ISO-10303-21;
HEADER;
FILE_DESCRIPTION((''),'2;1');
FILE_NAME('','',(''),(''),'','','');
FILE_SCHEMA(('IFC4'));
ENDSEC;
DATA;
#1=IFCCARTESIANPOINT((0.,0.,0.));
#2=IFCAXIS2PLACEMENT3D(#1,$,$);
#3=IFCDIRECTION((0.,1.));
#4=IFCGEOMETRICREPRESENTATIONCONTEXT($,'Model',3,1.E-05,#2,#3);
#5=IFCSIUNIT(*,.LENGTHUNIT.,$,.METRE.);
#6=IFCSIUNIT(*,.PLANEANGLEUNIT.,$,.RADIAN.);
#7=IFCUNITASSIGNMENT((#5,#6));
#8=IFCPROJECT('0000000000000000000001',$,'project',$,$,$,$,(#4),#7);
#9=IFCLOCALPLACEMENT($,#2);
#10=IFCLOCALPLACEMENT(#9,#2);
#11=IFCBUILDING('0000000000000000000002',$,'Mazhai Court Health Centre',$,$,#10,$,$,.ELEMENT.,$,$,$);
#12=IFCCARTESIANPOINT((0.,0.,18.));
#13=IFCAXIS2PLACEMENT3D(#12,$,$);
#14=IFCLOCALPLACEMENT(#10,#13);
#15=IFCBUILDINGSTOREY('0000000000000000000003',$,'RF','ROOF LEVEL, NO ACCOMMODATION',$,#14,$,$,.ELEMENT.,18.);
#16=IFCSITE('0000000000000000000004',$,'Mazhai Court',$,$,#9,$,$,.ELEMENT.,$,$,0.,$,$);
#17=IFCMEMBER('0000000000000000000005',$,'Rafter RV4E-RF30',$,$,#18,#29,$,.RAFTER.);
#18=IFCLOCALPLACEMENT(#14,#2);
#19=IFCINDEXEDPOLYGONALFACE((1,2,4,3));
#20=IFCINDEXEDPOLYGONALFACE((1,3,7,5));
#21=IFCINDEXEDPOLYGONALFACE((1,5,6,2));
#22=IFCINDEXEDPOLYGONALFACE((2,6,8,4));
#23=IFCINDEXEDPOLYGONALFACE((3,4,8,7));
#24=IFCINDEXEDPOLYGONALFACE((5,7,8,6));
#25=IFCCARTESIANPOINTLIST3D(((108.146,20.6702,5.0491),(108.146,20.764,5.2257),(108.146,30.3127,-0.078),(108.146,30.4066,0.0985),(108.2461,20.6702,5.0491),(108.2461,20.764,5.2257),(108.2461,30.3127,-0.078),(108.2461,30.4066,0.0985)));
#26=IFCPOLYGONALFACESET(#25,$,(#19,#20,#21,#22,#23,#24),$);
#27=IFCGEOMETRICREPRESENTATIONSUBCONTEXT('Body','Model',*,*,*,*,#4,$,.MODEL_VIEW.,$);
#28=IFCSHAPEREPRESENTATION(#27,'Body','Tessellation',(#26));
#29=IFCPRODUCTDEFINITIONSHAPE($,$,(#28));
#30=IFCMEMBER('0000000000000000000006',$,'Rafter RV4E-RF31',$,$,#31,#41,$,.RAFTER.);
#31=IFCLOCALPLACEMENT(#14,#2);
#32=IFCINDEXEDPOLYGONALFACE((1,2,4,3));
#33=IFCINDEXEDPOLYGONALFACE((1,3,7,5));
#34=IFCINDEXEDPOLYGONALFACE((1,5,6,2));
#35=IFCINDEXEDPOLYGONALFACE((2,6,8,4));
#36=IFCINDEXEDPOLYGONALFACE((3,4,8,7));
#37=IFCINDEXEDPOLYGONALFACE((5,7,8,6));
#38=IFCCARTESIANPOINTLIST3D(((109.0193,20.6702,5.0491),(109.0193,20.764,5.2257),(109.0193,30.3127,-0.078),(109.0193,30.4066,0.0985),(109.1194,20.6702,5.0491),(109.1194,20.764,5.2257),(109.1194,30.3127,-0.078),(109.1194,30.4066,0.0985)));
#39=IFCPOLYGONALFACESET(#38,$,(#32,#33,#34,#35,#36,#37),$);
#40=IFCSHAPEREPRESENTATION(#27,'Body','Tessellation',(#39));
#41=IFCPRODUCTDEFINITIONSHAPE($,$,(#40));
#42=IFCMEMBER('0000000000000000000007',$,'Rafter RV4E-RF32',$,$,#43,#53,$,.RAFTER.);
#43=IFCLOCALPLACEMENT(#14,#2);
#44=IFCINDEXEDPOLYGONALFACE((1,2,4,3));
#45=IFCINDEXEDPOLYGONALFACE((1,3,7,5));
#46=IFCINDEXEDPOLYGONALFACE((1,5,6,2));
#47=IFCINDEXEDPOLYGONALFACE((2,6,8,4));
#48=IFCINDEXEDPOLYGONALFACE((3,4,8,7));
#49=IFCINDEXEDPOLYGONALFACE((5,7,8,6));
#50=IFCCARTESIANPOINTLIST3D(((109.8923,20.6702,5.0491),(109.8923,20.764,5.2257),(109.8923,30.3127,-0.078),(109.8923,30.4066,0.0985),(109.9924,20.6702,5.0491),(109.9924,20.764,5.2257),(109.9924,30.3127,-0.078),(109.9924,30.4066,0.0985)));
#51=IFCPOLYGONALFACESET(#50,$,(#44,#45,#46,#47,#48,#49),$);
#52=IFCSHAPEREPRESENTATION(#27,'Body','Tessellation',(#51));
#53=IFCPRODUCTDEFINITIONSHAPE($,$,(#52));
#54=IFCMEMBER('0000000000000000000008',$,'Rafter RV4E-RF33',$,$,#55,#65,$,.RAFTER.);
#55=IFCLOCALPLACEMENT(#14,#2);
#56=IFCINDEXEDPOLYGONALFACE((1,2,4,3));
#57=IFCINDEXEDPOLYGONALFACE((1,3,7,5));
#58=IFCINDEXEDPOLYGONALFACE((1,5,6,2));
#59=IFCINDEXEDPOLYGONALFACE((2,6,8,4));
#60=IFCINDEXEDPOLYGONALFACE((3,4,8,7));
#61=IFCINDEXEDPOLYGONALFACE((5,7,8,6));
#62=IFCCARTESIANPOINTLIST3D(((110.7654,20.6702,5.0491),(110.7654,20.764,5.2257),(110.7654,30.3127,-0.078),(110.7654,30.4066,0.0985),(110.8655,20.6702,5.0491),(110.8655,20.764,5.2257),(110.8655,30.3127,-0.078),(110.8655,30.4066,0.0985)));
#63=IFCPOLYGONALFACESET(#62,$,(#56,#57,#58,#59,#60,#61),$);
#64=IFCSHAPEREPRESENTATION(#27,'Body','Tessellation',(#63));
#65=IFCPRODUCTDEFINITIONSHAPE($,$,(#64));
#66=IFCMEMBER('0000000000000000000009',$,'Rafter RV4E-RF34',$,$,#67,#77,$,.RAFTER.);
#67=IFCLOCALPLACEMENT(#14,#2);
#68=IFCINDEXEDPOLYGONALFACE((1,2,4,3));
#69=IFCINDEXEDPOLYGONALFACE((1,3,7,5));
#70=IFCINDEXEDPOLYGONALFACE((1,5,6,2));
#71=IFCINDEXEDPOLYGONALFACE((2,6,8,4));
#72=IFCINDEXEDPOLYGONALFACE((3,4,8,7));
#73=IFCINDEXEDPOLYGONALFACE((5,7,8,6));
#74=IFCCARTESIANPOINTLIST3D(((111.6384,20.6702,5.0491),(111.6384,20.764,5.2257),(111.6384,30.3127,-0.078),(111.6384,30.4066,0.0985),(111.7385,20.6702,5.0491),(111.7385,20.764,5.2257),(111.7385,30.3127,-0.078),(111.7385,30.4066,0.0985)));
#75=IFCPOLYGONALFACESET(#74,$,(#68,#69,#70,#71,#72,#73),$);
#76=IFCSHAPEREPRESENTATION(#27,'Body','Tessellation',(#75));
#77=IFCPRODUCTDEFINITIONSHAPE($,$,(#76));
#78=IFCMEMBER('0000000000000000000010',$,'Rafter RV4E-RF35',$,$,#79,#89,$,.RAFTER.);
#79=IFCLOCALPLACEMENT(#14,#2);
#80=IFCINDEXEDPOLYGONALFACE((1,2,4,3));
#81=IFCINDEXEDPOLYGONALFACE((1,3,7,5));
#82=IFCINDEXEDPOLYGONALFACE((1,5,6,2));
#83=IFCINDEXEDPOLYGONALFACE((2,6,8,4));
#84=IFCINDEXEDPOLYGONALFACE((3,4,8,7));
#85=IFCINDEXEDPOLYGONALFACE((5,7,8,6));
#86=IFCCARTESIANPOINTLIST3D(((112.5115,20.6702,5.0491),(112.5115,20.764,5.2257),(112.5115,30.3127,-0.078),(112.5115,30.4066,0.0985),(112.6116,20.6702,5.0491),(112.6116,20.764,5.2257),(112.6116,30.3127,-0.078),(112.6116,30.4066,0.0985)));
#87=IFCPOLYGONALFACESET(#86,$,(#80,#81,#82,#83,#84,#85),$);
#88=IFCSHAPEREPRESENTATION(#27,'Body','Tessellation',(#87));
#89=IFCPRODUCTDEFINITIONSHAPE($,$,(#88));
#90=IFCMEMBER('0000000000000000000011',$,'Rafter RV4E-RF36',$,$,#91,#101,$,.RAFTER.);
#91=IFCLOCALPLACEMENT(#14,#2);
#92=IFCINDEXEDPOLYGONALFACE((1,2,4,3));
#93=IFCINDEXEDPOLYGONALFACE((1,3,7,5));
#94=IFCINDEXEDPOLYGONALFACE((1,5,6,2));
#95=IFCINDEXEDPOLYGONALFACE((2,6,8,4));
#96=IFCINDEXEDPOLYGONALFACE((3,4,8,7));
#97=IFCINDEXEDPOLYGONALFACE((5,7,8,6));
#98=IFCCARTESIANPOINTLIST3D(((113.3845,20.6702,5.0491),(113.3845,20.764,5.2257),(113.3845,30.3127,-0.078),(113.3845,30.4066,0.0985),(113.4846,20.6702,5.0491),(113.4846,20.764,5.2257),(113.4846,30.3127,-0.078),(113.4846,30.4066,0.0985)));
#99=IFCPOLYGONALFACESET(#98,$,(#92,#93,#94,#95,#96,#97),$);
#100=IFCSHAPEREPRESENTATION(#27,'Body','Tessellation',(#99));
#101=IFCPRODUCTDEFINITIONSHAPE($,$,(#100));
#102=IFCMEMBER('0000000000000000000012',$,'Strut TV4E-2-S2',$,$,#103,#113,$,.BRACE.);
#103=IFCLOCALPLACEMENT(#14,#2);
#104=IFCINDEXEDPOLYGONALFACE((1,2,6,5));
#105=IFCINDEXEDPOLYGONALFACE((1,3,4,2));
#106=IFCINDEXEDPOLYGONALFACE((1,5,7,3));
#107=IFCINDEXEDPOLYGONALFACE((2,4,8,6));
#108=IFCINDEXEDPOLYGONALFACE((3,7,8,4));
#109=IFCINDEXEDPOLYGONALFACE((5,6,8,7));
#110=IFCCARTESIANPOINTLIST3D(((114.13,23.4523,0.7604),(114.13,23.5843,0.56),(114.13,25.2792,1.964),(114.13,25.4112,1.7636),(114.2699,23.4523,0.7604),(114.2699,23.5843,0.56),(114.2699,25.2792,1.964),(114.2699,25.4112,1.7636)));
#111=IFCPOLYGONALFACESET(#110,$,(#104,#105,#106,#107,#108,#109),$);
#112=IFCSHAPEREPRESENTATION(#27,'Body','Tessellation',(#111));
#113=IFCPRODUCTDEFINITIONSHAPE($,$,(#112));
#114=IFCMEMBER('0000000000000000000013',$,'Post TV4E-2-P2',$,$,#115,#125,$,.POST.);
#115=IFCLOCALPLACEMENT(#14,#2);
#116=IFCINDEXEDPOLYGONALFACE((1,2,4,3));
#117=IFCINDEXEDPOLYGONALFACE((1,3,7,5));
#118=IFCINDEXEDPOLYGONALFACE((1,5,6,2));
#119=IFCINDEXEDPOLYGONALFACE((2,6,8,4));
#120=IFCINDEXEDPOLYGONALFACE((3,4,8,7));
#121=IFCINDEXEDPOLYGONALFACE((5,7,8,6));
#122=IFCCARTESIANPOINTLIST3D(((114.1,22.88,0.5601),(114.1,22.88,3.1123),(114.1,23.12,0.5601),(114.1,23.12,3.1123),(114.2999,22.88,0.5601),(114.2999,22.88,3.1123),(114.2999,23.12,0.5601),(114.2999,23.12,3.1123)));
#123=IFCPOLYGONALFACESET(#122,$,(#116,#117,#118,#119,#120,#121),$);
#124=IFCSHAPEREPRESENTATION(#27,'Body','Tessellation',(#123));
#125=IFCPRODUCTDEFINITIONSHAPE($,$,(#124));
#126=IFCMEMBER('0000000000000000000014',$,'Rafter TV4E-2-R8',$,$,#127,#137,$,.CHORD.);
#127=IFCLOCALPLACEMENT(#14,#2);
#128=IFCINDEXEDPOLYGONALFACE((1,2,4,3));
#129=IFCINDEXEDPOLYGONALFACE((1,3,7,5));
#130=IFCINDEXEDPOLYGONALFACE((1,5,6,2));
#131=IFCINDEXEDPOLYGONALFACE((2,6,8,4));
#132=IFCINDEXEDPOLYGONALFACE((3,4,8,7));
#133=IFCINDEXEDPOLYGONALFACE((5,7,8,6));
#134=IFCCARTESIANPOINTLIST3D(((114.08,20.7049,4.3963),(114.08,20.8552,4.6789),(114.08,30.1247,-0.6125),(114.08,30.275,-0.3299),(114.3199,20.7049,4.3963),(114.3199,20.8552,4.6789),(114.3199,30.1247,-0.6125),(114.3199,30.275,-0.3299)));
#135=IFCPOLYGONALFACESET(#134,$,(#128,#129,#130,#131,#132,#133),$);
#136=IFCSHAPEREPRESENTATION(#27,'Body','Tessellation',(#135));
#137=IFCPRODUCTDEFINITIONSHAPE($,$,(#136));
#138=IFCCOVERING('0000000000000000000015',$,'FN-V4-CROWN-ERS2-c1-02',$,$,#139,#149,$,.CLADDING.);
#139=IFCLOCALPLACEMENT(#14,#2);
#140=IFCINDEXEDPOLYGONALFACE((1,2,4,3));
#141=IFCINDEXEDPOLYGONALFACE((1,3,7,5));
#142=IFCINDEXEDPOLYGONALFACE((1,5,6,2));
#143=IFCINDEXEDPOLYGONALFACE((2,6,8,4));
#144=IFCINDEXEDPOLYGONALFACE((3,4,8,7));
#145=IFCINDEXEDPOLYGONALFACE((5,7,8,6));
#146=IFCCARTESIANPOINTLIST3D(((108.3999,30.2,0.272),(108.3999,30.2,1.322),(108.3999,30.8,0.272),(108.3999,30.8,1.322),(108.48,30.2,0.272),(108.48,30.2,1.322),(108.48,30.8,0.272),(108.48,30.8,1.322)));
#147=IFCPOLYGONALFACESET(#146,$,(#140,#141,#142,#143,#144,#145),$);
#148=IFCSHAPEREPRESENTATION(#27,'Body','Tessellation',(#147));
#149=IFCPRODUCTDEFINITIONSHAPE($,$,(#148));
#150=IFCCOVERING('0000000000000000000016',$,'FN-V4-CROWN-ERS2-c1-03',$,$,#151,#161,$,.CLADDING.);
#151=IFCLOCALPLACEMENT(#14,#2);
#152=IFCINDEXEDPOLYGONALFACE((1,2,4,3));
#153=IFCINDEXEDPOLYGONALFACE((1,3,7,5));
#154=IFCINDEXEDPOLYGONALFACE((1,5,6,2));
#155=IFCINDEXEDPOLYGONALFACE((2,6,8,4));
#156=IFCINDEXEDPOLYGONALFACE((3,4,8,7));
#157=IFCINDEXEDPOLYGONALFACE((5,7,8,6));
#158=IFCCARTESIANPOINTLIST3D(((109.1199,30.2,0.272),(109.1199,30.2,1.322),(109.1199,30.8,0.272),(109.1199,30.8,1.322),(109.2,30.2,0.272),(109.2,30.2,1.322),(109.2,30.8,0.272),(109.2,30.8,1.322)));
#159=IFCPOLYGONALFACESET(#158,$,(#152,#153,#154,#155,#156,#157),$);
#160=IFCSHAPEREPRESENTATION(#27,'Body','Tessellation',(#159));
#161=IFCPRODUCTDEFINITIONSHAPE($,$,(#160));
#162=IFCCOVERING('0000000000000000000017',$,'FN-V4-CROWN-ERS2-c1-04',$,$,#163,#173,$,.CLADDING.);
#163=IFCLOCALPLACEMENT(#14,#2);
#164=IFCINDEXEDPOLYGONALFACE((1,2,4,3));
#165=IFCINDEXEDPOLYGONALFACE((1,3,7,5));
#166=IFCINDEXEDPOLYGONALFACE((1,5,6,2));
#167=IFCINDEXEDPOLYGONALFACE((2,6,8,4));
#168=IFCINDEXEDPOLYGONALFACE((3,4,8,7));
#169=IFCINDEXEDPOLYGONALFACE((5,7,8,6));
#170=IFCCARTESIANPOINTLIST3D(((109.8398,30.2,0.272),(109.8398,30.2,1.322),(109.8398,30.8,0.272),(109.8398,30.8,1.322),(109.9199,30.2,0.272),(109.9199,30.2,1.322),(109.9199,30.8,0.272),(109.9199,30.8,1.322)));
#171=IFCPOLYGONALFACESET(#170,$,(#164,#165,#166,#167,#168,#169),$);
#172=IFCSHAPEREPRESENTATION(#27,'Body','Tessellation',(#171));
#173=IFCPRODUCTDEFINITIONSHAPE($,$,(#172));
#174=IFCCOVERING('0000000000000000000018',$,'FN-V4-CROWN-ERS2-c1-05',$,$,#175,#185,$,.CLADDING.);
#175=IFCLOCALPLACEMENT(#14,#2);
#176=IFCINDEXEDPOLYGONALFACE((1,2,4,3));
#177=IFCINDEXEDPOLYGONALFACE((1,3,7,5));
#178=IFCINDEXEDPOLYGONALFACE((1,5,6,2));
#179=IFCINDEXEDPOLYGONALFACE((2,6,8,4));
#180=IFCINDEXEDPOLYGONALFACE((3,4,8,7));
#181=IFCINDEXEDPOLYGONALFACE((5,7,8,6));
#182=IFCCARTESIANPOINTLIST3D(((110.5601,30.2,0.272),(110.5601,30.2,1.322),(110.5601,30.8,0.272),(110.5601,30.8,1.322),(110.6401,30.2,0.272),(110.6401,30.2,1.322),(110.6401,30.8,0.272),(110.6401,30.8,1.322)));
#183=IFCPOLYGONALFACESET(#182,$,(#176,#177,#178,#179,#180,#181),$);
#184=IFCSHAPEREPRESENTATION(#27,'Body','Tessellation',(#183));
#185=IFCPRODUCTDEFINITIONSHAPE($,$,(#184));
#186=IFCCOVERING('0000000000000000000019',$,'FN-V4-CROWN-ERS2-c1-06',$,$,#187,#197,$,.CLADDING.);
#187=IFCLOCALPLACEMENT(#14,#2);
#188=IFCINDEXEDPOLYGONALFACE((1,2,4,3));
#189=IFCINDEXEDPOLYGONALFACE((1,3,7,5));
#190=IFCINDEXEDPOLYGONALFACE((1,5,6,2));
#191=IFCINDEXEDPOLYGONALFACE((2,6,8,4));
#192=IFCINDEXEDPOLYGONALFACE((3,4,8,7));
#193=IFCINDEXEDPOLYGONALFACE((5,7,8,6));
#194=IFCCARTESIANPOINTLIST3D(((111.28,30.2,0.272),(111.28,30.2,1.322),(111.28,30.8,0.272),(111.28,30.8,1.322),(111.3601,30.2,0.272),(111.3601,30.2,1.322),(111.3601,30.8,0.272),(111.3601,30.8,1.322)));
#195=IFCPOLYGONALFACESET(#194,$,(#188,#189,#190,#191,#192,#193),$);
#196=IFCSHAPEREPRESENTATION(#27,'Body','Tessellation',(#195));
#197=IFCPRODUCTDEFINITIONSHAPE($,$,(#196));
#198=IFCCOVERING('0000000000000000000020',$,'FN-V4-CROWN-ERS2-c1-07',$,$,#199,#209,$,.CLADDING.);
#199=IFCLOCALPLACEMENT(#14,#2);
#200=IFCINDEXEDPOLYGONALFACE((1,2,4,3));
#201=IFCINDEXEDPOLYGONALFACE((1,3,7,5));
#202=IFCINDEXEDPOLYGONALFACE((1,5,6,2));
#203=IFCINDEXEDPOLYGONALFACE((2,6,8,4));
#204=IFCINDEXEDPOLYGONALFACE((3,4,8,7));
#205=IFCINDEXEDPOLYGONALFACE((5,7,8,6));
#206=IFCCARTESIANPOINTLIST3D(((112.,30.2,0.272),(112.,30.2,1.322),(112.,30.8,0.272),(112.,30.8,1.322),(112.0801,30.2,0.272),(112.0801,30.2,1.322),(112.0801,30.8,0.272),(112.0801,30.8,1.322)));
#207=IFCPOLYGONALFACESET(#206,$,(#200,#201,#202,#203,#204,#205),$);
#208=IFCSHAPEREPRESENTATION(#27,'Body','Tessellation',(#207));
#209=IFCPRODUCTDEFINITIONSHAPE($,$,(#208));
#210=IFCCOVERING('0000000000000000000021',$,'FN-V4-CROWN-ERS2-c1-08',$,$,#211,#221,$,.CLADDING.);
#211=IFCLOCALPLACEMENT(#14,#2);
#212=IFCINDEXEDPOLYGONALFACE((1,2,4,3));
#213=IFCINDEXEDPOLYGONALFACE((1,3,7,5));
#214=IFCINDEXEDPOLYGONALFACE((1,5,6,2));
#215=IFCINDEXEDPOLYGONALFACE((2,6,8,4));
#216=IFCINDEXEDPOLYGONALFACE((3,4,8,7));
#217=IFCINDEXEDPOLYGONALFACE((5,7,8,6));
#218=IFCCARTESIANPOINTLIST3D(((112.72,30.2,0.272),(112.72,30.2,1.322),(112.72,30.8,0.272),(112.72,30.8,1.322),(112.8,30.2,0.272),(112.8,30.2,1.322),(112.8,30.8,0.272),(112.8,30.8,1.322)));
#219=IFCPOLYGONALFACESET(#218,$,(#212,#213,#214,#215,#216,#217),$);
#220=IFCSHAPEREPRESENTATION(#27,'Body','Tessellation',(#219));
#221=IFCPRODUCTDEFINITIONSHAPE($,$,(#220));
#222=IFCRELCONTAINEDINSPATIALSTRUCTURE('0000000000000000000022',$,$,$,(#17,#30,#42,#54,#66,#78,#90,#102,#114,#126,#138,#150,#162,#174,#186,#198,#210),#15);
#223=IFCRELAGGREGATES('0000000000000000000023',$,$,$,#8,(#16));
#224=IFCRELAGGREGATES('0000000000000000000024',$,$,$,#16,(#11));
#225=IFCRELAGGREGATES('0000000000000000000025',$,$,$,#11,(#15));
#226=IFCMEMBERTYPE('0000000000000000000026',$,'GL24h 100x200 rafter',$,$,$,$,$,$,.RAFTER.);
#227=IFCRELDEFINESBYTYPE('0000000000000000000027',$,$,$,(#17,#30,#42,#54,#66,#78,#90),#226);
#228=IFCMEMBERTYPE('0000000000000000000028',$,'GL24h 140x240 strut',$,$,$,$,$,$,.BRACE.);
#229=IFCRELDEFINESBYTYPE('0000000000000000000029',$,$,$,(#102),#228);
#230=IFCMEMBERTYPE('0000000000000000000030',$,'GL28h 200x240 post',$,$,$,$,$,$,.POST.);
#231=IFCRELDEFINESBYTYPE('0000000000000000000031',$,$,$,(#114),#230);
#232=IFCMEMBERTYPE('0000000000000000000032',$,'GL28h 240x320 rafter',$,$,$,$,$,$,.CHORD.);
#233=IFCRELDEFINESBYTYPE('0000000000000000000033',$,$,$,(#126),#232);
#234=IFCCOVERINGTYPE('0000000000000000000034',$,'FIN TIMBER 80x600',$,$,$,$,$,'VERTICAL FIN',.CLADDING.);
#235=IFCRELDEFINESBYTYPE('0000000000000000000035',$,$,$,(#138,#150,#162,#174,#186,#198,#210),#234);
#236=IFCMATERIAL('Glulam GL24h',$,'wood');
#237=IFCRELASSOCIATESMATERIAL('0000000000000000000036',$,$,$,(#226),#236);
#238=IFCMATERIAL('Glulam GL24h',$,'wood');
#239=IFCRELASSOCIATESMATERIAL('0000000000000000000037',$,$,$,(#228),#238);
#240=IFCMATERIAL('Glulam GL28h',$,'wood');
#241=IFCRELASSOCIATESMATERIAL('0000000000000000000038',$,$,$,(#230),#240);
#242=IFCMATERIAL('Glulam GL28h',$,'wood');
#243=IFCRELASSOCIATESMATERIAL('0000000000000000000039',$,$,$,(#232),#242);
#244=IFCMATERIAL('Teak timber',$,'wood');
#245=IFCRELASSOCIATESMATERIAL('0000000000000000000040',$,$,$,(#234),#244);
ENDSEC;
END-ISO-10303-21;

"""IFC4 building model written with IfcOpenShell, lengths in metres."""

from ifc_helpers import new_model, si_unit, direction, frame, origin, origin_2d, place, context, subcontext, project, spatial, rectangle, extrude, material, material_profile, profile_set, type_object, element, save


model = new_model("IFC4")

# Units and contexts
model_context = context("Model", 3, precision=1e-05, world=origin(), true_north=direction((0.0, 1.0)))
body_context = subcontext(model_context, "Body", "Model", "MODEL_VIEW")
ifc_project = project(units=[si_unit("LENGTHUNIT", "METRE"), si_unit("PLANEANGLEUNIT", "RADIAN")], contexts=[model_context])

# Site, building, storey
site_placement = place(None, origin())
site = spatial("IfcSite", under=ifc_project, at=site_placement, Name="Mazhai Court", CompositionType="ELEMENT", RefElevation=0.0)
building_placement = place(site_placement, origin())
building = spatial("IfcBuilding", under=site, at=building_placement, Name="Mazhai Court Health Centre", CompositionType="ELEMENT")
storey_placement = place(building_placement, frame((0.0, 0.0, 18.0)))
storey = spatial("IfcBuildingStorey", under=building, at=storey_placement, Name="RF", Description="ROOF LEVEL, NO ACCOMMODATION", CompositionType="ELEMENT", Elevation=18.0)

# Members
ifc_material_1 = material(Name="Glulam GL24h", Category="wood")
ifc_material_profile_1 = material_profile(ifc_material_1, rectangle(XDim=0.1001, YDim=0.2, at=origin_2d()), Name="GL24h 100x200")
ifc_profile_set_1 = profile_set([ifc_material_profile_1], Name="Glulam GL24h")
member_type_1 = type_object("IfcMemberType", Name="GL24h 100x200 rafter", PredefinedType="RAFTER", material=ifc_profile_set_1)
for number, where, z_axis, x_axis, name in (
    (1, (108.196, 30.3596, 0.0103), (0.0, -0.882942, 0.469482), (1.0, 0.0, 0.0), "Rafter RV4E-RF30"),
    (2, (109.0693, 30.3596, 0.0103), (0.0, -0.882942, 0.469482), (1.0, 0.0, 0.0), "Rafter RV4E-RF31"),
    (3, (109.9424, 30.3596, 0.0103), (0.0, -0.882942, 0.469482), (1.0, 0.0, 0.0), "Rafter RV4E-RF32"),
    (4, (110.8154, 30.3596, 0.0103), (0.0, -0.882942, 0.469482), (1.0, 0.0, 0.0), "Rafter RV4E-RF33"),
    (5, (111.6885, 30.3596, 0.0103), (0.0, -0.882942, 0.469482), (1.0, 0.0, 0.0), "Rafter RV4E-RF34"),
    (6, (112.5615, 30.3596, 0.0103), (0.0, -0.882942, 0.469482), (1.0, 0.0, 0.0), "Rafter RV4E-RF35"),
    (7, (113.4346, 30.3596, 0.0103), (0.0, -0.882942, 0.469482), (1.0, 0.0, 0.0), "Rafter RV4E-RF36"),
):
    element("IfcMember", number, at=place(storey_placement, frame(where, z_axis=z_axis, x_axis=x_axis)), inside=storey, type_object=member_type_1, Name=name, PredefinedType="RAFTER", context=body_context, shape_type="SweptSolid", body=[
        extrude(rectangle(XDim=0.1001, YDim=0.2, at=origin_2d()), origin(), (0.0, 0.0, 1.0), 10.9209),
    ])
ifc_material_2 = material(Name="Glulam GL24h", Category="wood")
ifc_material_profile_2 = material_profile(ifc_material_2, rectangle(XDim=0.1399, YDim=0.24, at=origin_2d()), Name="GL24h 140x240")
ifc_profile_set_2 = profile_set([ifc_material_profile_2], Name="Glulam GL24h")
member_type_2 = type_object("IfcMemberType", Name="GL24h 140x240 strut", PredefinedType="BRACE", material=ifc_profile_set_2)
member_1_placement = place(storey_placement, frame((114.2, 23.5183, 0.6602), z_axis=(0.0, 0.83506, 0.55016), x_axis=(-1.0, 0.0, 0.0)))
element("IfcMember", 8, at=member_1_placement, inside=storey, type_object=member_type_2, Name="Strut TV4E-2-S2", PredefinedType="BRACE", context=body_context, shape_type="SweptSolid", body=[
    extrude(rectangle(XDim=0.1399, YDim=0.24, at=origin_2d()), origin(), (0.0, 0.0, 1.0), 2.1877),
])
ifc_material_3 = material(Name="Glulam GL28h", Category="wood")
ifc_material_profile_3 = material_profile(ifc_material_3, rectangle(XDim=0.2, YDim=0.24, at=origin_2d()), Name="GL28h 200x240")
ifc_profile_set_3 = profile_set([ifc_material_profile_3], Name="Glulam GL28h")
member_type_3 = type_object("IfcMemberType", Name="GL28h 200x240 post", PredefinedType="POST", material=ifc_profile_set_3)
member_2_placement = place(storey_placement, frame((114.2, 23.0, 0.5601), z_axis=(0.0, 0.0, 1.0), x_axis=(1.0, 0.0, 0.0)))
element("IfcMember", 9, at=member_2_placement, inside=storey, type_object=member_type_3, Name="Post TV4E-2-P2", PredefinedType="POST", context=body_context, shape_type="SweptSolid", body=[
    extrude(rectangle(XDim=0.2, YDim=0.24, at=origin_2d()), origin(), (0.0, 0.0, 1.0), 2.5522),
])
ifc_material_4 = material(Name="Glulam GL28h", Category="wood")
ifc_material_profile_4 = material_profile(ifc_material_4, rectangle(XDim=0.24, YDim=0.3201, at=origin_2d()), Name="GL28h 240x320")
ifc_profile_set_4 = profile_set([ifc_material_profile_4], Name="Glulam GL28h")
member_type_4 = type_object("IfcMemberType", Name="GL28h 240x320 rafter", PredefinedType="CHORD", material=ifc_profile_set_4)
member_3_placement = place(storey_placement, frame((114.2, 20.78, 4.5376), z_axis=(0.0, 0.882943, -0.469481), x_axis=(-1.0, 0.0, 0.0)))
element("IfcMember", 10, at=member_3_placement, inside=storey, type_object=member_type_4, Name="Rafter TV4E-2-R8", PredefinedType="CHORD", context=body_context, shape_type="SweptSolid", body=[
    extrude(rectangle(XDim=0.24, YDim=0.3201, at=origin_2d()), origin(), (0.0, 0.0, 1.0), 10.6687),
])

# Coverings
ifc_material_5 = material(Name="Teak timber", Category="wood")
covering_type = type_object("IfcCoveringType", Name="FIN TIMBER 80x600", ElementType="VERTICAL FIN", PredefinedType="CLADDING", material=ifc_material_5)
for number, where, z_axis, x_axis, name in (
    (11, (108.4399, 30.5, 0.272), (0.0, 0.0, 1.0), (1.0, 0.0, 0.0), "FN-V4-CROWN-ERS2-c1-02"),
    (12, (109.1599, 30.5, 0.272), (0.0, 0.0, 1.0), (1.0, 0.0, 0.0), "FN-V4-CROWN-ERS2-c1-03"),
    (13, (109.8799, 30.5, 0.272), (0.0, 0.0, 1.0), (1.0, 0.0, 0.0), "FN-V4-CROWN-ERS2-c1-04"),
    (14, (110.6001, 30.5, 0.272), (0.0, 0.0, 1.0), (1.0, 0.0, 0.0), "FN-V4-CROWN-ERS2-c1-05"),
    (15, (111.3201, 30.5, 0.272), (0.0, 0.0, 1.0), (1.0, 0.0, 0.0), "FN-V4-CROWN-ERS2-c1-06"),
    (16, (112.04, 30.5, 0.272), (0.0, 0.0, 1.0), (1.0, 0.0, 0.0), "FN-V4-CROWN-ERS2-c1-07"),
    (17, (112.76, 30.5, 0.272), (0.0, 0.0, 1.0), (1.0, 0.0, 0.0), "FN-V4-CROWN-ERS2-c1-08"),
):
    element("IfcCovering", number, at=place(storey_placement, frame(where, z_axis=z_axis, x_axis=x_axis)), inside=storey, type_object=covering_type, Name=name, PredefinedType="CLADDING", context=body_context, shape_type="SweptSolid", body=[
        extrude(rectangle(XDim=0.0801, YDim=0.6001, at=origin_2d()), origin(), (0.0, 0.0, 1.0), 1.05),
    ])

save(model, "model.ifc")
